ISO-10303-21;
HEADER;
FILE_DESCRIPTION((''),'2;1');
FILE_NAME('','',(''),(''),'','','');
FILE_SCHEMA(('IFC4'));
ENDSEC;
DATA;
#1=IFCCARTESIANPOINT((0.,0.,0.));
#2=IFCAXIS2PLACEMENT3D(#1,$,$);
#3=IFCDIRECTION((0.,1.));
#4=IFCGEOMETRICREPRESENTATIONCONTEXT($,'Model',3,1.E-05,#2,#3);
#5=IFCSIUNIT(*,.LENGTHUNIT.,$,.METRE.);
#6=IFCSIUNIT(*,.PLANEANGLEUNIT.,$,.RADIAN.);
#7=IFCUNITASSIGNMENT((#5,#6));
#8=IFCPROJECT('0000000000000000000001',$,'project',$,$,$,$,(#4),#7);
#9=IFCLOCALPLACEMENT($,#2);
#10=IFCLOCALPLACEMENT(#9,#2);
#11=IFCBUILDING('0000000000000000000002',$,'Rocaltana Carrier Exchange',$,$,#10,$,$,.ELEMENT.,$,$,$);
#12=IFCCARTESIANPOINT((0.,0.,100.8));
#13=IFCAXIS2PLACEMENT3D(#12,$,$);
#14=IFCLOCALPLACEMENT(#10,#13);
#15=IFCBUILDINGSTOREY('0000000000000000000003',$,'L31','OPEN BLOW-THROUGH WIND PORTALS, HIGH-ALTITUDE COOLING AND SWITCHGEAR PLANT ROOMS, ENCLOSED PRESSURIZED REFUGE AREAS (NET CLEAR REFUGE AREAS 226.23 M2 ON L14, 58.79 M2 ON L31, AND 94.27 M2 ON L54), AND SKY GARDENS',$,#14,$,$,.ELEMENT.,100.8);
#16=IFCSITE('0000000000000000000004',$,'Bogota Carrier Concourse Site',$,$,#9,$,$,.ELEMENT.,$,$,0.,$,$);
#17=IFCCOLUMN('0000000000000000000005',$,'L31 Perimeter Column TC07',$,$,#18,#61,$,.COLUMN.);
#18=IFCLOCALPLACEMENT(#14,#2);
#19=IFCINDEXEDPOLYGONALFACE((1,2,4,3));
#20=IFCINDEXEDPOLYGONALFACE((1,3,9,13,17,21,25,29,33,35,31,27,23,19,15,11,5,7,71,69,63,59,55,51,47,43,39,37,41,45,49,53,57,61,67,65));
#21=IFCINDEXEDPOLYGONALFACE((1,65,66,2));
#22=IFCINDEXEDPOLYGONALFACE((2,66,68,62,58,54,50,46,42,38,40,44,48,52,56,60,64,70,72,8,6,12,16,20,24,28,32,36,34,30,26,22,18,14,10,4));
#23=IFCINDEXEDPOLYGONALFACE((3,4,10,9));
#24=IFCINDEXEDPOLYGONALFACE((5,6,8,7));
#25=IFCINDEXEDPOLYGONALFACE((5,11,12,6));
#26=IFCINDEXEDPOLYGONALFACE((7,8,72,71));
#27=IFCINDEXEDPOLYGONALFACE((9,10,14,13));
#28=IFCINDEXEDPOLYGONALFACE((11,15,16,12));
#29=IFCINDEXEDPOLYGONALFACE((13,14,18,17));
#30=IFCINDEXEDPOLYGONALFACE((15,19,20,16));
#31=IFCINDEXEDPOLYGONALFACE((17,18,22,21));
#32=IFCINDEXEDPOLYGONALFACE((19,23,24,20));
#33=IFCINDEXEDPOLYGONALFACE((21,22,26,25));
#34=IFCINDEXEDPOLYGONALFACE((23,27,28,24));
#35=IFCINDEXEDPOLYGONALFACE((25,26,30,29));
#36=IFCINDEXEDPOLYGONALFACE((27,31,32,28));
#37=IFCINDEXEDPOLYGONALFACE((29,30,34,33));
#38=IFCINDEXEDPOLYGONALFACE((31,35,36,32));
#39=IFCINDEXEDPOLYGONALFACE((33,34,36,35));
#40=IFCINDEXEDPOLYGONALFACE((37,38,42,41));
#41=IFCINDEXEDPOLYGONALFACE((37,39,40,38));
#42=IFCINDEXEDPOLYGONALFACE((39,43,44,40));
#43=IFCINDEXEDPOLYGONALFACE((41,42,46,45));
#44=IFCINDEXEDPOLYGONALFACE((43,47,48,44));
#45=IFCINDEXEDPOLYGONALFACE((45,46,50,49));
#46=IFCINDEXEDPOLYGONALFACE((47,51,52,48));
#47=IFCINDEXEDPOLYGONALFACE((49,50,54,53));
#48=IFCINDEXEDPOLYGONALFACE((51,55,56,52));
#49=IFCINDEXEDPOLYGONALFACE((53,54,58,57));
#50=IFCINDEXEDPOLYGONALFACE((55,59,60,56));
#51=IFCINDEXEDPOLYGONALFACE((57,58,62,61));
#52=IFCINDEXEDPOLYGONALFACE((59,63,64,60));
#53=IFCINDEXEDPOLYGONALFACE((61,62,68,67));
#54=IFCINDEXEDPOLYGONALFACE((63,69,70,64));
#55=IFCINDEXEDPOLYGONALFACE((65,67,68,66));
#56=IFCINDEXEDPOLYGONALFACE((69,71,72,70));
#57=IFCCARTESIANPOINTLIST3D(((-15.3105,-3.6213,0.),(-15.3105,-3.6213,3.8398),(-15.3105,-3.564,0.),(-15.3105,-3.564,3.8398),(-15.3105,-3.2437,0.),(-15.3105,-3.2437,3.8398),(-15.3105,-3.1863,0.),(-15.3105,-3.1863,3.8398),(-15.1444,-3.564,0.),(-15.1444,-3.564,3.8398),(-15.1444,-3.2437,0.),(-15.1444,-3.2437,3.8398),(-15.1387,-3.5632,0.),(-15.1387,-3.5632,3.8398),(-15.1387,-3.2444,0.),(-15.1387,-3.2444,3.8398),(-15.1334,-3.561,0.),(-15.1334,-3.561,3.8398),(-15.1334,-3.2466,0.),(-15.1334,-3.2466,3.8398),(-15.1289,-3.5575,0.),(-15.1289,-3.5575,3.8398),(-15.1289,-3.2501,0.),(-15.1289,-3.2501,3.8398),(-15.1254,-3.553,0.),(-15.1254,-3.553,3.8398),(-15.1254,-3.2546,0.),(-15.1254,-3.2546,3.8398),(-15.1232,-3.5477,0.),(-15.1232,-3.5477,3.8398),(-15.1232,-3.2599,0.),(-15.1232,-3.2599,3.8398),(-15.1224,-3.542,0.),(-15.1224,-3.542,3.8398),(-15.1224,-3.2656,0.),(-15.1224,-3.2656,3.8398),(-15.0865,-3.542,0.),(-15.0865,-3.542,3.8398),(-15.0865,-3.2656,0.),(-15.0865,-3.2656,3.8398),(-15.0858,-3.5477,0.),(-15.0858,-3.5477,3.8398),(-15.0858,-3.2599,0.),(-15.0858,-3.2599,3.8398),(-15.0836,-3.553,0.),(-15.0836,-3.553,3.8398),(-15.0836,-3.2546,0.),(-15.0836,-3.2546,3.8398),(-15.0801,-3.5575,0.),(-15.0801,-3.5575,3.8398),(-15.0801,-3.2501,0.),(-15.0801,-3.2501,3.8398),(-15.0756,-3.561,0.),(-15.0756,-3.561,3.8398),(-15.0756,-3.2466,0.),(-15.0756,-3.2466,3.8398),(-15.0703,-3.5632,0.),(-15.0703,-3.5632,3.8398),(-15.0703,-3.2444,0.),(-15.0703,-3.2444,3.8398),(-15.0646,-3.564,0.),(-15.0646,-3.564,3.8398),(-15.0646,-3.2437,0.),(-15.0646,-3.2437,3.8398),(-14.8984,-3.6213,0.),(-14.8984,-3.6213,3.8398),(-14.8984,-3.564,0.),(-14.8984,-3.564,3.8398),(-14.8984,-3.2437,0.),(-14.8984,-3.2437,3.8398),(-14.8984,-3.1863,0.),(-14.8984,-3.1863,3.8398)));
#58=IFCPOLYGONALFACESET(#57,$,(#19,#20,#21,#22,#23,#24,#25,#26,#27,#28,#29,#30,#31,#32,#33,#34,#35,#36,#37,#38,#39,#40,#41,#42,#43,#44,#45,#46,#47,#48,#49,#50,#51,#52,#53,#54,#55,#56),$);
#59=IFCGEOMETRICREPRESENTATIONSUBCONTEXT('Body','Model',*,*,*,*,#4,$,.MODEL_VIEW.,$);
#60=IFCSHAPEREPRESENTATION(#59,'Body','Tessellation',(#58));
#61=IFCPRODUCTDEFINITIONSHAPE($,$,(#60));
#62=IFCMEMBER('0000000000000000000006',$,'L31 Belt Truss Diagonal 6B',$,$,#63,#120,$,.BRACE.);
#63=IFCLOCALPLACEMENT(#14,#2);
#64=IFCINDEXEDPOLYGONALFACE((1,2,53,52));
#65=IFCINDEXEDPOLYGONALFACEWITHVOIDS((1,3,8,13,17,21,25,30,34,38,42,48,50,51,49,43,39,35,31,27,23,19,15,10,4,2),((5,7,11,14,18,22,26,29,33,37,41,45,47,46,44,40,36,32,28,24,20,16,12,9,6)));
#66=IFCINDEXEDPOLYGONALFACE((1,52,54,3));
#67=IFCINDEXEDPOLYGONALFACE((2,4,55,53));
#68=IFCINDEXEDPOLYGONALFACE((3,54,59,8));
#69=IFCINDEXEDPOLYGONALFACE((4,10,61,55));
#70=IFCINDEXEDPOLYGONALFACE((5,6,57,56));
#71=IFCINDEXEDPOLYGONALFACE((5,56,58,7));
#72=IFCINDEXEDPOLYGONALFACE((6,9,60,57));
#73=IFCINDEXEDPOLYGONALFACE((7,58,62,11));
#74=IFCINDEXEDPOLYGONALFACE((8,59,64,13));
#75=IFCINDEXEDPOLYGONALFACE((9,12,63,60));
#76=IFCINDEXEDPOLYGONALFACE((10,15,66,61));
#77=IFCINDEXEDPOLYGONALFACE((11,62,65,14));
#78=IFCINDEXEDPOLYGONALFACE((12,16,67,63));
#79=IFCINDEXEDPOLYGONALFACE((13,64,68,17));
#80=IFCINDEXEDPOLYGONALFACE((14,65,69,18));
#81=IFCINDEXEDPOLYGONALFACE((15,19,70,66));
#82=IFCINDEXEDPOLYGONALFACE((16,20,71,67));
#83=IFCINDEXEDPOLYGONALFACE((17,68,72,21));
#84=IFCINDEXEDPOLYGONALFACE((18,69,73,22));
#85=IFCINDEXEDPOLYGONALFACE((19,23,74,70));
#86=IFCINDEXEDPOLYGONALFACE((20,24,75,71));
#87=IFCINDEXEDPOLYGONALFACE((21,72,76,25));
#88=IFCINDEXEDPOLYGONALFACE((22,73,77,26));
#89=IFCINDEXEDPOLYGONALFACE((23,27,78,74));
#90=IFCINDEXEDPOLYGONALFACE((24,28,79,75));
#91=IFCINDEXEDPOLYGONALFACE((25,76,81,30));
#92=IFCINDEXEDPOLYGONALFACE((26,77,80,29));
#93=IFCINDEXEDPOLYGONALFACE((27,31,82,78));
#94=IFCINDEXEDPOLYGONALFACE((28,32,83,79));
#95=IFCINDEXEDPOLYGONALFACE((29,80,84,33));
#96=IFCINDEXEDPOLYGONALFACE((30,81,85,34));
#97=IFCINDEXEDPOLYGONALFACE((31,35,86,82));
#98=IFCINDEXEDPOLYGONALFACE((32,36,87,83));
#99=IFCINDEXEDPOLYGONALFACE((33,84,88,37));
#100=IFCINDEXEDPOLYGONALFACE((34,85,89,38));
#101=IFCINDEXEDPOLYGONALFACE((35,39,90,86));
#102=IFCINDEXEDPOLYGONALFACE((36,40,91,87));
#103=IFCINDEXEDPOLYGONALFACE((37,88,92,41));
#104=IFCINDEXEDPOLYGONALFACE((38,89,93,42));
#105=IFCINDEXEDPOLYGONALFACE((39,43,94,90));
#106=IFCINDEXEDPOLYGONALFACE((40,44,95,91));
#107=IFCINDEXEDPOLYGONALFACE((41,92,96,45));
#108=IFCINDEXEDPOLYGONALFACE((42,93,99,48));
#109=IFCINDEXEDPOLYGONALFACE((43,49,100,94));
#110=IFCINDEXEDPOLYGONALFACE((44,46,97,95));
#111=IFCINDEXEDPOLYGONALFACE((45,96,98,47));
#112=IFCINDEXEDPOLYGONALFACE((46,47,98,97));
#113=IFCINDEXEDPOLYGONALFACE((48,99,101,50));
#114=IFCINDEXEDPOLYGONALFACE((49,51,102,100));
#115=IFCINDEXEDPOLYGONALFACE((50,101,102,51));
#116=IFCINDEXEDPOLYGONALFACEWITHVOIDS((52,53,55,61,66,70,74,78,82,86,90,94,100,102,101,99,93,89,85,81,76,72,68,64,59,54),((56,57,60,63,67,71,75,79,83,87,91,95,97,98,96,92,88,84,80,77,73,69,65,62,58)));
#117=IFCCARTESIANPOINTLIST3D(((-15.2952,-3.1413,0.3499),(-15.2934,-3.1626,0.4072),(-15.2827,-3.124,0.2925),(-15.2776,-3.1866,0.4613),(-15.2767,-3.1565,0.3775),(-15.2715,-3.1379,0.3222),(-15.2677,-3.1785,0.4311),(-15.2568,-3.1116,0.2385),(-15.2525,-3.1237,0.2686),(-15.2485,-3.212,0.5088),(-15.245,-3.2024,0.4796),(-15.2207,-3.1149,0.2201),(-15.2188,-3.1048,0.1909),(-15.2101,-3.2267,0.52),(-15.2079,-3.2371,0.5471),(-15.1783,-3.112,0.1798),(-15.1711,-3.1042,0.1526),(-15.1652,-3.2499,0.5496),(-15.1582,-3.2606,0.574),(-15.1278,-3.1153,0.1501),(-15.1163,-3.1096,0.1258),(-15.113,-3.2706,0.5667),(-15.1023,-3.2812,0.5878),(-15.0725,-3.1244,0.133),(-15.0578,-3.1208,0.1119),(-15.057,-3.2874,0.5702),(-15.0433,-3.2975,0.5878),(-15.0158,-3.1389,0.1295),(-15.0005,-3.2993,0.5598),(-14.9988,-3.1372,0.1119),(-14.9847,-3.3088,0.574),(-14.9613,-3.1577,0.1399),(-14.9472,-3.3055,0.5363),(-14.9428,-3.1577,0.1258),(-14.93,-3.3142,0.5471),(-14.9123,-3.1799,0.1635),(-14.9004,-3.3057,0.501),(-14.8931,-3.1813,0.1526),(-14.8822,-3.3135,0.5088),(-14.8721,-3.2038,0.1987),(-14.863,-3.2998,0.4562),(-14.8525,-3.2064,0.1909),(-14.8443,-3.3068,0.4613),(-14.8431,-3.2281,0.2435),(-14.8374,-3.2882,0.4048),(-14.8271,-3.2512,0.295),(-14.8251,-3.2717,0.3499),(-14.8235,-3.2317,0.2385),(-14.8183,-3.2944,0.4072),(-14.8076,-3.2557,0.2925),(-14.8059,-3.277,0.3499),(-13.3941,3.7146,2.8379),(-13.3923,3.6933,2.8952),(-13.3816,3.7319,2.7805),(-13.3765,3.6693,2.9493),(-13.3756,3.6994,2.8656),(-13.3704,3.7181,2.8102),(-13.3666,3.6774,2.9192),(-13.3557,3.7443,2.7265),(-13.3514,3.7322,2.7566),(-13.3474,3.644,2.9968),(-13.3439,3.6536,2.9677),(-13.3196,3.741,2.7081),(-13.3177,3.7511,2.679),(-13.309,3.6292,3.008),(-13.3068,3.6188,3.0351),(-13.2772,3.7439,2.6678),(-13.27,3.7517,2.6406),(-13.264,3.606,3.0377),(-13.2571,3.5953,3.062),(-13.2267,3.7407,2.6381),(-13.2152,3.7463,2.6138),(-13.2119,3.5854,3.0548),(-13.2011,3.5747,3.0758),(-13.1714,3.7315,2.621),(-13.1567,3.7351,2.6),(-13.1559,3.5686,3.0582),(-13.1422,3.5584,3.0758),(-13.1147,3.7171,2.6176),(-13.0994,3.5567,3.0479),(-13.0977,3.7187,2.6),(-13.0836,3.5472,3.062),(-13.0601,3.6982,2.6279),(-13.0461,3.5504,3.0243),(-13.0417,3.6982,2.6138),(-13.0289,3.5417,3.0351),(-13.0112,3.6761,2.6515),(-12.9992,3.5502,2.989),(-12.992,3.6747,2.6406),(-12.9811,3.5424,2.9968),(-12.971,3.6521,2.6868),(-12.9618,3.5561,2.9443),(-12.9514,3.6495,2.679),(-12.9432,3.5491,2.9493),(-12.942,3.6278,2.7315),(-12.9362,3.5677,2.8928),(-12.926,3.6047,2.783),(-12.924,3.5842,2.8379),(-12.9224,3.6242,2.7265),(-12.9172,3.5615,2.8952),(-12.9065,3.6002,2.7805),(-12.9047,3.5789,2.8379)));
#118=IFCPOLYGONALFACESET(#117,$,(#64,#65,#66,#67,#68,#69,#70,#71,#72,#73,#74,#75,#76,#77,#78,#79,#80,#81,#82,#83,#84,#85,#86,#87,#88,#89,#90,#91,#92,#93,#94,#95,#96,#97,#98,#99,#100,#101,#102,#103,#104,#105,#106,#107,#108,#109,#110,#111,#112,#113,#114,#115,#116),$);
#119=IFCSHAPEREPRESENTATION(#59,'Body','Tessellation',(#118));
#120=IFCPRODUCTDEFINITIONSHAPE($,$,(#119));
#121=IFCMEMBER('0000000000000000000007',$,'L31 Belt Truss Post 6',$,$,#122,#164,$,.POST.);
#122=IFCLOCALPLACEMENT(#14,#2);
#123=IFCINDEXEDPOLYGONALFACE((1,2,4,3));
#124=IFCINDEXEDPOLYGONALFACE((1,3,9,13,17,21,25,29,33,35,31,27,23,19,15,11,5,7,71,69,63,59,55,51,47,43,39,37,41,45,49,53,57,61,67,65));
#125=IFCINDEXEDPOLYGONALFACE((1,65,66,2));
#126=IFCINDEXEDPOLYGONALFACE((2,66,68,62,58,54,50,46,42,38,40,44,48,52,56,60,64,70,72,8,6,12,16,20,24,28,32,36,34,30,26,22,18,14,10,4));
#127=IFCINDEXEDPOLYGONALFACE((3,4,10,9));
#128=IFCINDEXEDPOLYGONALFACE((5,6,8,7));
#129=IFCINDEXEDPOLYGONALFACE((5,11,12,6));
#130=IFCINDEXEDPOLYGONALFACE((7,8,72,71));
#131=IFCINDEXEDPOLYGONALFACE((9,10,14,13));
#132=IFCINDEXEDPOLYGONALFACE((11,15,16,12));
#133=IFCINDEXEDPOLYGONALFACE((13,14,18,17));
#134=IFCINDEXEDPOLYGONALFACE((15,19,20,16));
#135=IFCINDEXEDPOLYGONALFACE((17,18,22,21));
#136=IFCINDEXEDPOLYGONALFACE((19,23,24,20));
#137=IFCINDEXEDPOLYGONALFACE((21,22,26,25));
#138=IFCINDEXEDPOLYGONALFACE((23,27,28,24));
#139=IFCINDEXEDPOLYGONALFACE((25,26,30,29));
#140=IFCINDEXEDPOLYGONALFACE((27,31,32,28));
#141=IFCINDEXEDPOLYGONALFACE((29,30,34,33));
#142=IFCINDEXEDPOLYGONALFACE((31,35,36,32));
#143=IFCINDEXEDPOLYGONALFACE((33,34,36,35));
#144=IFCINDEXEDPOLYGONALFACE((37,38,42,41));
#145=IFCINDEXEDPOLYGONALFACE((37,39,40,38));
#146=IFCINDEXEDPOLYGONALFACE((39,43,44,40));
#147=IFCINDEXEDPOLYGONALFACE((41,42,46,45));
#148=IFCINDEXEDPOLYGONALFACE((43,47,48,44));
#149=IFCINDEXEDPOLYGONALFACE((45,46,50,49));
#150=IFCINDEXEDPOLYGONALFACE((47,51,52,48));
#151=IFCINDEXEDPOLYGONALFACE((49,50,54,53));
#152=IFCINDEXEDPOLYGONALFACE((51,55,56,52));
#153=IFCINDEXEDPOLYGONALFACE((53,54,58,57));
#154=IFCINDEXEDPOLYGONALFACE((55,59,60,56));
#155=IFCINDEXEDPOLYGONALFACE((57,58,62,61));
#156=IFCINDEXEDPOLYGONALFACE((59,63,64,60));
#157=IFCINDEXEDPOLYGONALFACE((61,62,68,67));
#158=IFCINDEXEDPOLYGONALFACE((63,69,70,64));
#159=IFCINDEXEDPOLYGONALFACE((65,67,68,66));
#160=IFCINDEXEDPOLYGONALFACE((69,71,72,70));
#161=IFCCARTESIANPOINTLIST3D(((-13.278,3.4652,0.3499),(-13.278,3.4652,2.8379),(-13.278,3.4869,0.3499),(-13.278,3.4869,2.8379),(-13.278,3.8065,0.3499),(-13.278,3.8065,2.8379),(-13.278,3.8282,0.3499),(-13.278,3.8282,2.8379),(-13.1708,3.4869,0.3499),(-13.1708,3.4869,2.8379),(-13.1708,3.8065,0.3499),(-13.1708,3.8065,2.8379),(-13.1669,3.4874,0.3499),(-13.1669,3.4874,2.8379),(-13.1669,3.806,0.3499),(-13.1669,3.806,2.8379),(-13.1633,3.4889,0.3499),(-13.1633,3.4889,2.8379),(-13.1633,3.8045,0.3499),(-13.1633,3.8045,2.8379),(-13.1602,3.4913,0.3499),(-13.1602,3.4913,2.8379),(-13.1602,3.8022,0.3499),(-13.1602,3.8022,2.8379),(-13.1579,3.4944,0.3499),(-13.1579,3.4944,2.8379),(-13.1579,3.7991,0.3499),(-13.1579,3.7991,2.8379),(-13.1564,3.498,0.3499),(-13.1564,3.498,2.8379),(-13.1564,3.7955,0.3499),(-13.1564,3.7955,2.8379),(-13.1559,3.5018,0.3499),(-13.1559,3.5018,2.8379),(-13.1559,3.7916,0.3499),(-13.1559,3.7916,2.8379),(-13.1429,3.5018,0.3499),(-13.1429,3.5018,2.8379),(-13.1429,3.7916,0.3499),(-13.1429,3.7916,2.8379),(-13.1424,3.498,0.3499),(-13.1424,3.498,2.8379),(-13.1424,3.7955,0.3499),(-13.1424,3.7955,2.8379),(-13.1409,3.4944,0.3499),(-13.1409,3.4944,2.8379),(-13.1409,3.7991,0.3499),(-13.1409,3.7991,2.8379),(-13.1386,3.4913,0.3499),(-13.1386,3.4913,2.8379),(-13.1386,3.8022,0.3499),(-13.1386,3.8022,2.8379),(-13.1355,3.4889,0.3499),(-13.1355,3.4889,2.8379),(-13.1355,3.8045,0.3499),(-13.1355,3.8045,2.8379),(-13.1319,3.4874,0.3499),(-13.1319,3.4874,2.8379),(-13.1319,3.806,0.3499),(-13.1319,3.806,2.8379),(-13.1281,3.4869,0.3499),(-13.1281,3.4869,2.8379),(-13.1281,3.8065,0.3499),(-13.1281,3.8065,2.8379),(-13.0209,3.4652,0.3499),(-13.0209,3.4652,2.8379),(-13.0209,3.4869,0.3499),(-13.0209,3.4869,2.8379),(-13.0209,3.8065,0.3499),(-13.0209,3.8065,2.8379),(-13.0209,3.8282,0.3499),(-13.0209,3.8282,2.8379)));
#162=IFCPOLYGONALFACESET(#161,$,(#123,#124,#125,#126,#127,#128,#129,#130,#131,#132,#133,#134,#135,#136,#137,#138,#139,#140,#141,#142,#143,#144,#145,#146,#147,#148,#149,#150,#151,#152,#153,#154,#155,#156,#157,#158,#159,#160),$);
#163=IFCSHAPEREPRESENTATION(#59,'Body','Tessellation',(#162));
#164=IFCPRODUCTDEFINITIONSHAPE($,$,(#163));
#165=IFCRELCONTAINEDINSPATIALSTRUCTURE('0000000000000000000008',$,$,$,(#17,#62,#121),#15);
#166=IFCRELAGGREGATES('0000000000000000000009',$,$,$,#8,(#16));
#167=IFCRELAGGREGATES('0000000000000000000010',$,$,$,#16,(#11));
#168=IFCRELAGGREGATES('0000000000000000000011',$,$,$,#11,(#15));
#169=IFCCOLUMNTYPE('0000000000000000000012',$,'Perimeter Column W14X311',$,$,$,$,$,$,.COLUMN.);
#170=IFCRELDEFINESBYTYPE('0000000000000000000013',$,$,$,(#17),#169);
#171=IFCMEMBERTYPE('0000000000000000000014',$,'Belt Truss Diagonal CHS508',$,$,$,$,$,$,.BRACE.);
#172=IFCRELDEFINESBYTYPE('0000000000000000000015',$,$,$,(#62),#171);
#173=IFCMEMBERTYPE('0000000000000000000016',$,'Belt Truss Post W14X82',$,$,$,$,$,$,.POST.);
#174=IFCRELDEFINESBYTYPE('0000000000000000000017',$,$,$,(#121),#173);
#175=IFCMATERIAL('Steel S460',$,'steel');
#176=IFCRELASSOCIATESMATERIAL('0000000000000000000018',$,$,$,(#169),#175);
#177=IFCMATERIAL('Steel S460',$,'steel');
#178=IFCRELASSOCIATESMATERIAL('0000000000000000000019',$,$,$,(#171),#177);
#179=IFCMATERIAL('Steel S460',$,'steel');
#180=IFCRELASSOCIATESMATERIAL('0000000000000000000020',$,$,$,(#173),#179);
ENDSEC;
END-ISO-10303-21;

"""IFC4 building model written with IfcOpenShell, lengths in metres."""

from ifc_helpers import new_model, si_unit, direction, frame, origin, origin_2d, place, context, subcontext, project, spatial, hollow_circle, i_section, extrude, material, material_profile, profile_set, type_object, element, save


model = new_model("IFC4")

# Units and contexts
model_context = context("Model", 3, precision=1e-05, world=origin(), true_north=direction((0.0, 1.0)))
body_context = subcontext(model_context, "Body", "Model", "MODEL_VIEW")
ifc_project = project(units=[si_unit("LENGTHUNIT", "METRE"), si_unit("PLANEANGLEUNIT", "RADIAN")], contexts=[model_context])

# Site, building, storey
site_placement = place(None, origin())
site = spatial("IfcSite", under=ifc_project, at=site_placement, Name="Bogota Carrier Concourse Site", CompositionType="ELEMENT", RefElevation=0.0)
building_placement = place(site_placement, origin())
building = spatial("IfcBuilding", under=site, at=building_placement, Name="Rocaltana Carrier Exchange", CompositionType="ELEMENT")
storey_placement = place(building_placement, frame((0.0, 0.0, 100.8)))
storey = spatial("IfcBuildingStorey", under=building, at=storey_placement, Name="L31", Description="OPEN BLOW-THROUGH WIND PORTALS, HIGH-ALTITUDE COOLING AND SWITCHGEAR PLANT ROOMS, ENCLOSED PRESSURIZED REFUGE AREAS (NET CLEAR REFUGE AREAS 226.23 M2 ON L14, 58.79 M2 ON L31, AND 94.27 M2 ON L54), AND SKY GARDENS", CompositionType="ELEMENT", Elevation=100.8)

# Column
ifc_material_1 = material(Name="Steel S460", Category="steel")
ifc_material_profile_1 = material_profile(ifc_material_1, i_section(OverallWidth=0.4121, OverallDepth=0.4351, WebThickness=0.0359, FlangeThickness=0.0574, FilletRadius=0.022, at=origin_2d()), Name="W14X311")
ifc_profile_set_1 = profile_set([ifc_material_profile_1], Name="Steel S460")
column_type_1 = type_object("IfcColumnType", Name="Perimeter Column W14X311", PredefinedType="COLUMN", material=ifc_profile_set_1)
column_placement = place(storey_placement, frame((-15.1045, -3.4038, 0.0), z_axis=(0.0, 0.0, 1.0), x_axis=(1.0, 0.0, 0.0)))
element("IfcColumn", 1, at=column_placement, inside=storey, type_object=column_type_1, Name="L31 Perimeter Column TC07", PredefinedType="COLUMN", context=body_context, shape_type="SweptSolid", body=[
    extrude(i_section(OverallWidth=0.4121, OverallDepth=0.4351, WebThickness=0.0359, FlangeThickness=0.0574, FilletRadius=0.022, at=origin_2d()), origin(), (0.0, 0.0, 1.0), 3.8398),
])

# Members
ifc_material_2 = material(Name="Steel S460", Category="steel")
ifc_material_profile_2 = material_profile(ifc_material_2, hollow_circle(Radius=0.2539, WallThickness=0.02, at=origin_2d()), Name="CHS508X20")
ifc_profile_set_2 = profile_set([ifc_material_profile_2], Name="Steel S460")
member_type_1 = type_object("IfcMemberType", Name="Belt Truss Diagonal CHS508", PredefinedType="BRACE", material=ifc_profile_set_2)
member_1_placement = place(storey_placement, frame((-13.1494, 3.6467, 2.8379), z_axis=(-0.252233, -0.909621, -0.330103), x_axis=(0.963638, -0.267212, 0.0)))
element("IfcMember", 2, at=member_1_placement, inside=storey, type_object=member_type_1, Name="L31 Belt Truss Diagonal 6B", PredefinedType="BRACE", context=body_context, shape_type="SweptSolid", body=[
    extrude(hollow_circle(Radius=0.2539, WallThickness=0.02, at=origin_2d()), origin(), (0.0, 0.0, 1.0), 7.5371),
])
ifc_material_3 = material(Name="Steel S460", Category="steel")
ifc_material_profile_3 = material_profile(ifc_material_3, i_section(OverallWidth=0.2571, OverallDepth=0.363, WebThickness=0.0129, FlangeThickness=0.0217, FilletRadius=0.0149, at=origin_2d()), Name="W14X82")
ifc_profile_set_3 = profile_set([ifc_material_profile_3], Name="Steel S460")
member_type_2 = type_object("IfcMemberType", Name="Belt Truss Post W14X82", PredefinedType="POST", material=ifc_profile_set_3)
member_2_placement = place(storey_placement, frame((-13.1494, 3.6467, 0.3499), z_axis=(0.0, 0.0, 1.0), x_axis=(1.0, 0.0, 0.0)))
element("IfcMember", 3, at=member_2_placement, inside=storey, type_object=member_type_2, Name="L31 Belt Truss Post 6", PredefinedType="POST", context=body_context, shape_type="SweptSolid", body=[
    extrude(i_section(OverallWidth=0.2571, OverallDepth=0.363, WebThickness=0.0129, FlangeThickness=0.0217, FilletRadius=0.0149, at=origin_2d()), origin(), (0.0, 0.0, 1.0), 2.488),
])

save(model, "model.ifc")
